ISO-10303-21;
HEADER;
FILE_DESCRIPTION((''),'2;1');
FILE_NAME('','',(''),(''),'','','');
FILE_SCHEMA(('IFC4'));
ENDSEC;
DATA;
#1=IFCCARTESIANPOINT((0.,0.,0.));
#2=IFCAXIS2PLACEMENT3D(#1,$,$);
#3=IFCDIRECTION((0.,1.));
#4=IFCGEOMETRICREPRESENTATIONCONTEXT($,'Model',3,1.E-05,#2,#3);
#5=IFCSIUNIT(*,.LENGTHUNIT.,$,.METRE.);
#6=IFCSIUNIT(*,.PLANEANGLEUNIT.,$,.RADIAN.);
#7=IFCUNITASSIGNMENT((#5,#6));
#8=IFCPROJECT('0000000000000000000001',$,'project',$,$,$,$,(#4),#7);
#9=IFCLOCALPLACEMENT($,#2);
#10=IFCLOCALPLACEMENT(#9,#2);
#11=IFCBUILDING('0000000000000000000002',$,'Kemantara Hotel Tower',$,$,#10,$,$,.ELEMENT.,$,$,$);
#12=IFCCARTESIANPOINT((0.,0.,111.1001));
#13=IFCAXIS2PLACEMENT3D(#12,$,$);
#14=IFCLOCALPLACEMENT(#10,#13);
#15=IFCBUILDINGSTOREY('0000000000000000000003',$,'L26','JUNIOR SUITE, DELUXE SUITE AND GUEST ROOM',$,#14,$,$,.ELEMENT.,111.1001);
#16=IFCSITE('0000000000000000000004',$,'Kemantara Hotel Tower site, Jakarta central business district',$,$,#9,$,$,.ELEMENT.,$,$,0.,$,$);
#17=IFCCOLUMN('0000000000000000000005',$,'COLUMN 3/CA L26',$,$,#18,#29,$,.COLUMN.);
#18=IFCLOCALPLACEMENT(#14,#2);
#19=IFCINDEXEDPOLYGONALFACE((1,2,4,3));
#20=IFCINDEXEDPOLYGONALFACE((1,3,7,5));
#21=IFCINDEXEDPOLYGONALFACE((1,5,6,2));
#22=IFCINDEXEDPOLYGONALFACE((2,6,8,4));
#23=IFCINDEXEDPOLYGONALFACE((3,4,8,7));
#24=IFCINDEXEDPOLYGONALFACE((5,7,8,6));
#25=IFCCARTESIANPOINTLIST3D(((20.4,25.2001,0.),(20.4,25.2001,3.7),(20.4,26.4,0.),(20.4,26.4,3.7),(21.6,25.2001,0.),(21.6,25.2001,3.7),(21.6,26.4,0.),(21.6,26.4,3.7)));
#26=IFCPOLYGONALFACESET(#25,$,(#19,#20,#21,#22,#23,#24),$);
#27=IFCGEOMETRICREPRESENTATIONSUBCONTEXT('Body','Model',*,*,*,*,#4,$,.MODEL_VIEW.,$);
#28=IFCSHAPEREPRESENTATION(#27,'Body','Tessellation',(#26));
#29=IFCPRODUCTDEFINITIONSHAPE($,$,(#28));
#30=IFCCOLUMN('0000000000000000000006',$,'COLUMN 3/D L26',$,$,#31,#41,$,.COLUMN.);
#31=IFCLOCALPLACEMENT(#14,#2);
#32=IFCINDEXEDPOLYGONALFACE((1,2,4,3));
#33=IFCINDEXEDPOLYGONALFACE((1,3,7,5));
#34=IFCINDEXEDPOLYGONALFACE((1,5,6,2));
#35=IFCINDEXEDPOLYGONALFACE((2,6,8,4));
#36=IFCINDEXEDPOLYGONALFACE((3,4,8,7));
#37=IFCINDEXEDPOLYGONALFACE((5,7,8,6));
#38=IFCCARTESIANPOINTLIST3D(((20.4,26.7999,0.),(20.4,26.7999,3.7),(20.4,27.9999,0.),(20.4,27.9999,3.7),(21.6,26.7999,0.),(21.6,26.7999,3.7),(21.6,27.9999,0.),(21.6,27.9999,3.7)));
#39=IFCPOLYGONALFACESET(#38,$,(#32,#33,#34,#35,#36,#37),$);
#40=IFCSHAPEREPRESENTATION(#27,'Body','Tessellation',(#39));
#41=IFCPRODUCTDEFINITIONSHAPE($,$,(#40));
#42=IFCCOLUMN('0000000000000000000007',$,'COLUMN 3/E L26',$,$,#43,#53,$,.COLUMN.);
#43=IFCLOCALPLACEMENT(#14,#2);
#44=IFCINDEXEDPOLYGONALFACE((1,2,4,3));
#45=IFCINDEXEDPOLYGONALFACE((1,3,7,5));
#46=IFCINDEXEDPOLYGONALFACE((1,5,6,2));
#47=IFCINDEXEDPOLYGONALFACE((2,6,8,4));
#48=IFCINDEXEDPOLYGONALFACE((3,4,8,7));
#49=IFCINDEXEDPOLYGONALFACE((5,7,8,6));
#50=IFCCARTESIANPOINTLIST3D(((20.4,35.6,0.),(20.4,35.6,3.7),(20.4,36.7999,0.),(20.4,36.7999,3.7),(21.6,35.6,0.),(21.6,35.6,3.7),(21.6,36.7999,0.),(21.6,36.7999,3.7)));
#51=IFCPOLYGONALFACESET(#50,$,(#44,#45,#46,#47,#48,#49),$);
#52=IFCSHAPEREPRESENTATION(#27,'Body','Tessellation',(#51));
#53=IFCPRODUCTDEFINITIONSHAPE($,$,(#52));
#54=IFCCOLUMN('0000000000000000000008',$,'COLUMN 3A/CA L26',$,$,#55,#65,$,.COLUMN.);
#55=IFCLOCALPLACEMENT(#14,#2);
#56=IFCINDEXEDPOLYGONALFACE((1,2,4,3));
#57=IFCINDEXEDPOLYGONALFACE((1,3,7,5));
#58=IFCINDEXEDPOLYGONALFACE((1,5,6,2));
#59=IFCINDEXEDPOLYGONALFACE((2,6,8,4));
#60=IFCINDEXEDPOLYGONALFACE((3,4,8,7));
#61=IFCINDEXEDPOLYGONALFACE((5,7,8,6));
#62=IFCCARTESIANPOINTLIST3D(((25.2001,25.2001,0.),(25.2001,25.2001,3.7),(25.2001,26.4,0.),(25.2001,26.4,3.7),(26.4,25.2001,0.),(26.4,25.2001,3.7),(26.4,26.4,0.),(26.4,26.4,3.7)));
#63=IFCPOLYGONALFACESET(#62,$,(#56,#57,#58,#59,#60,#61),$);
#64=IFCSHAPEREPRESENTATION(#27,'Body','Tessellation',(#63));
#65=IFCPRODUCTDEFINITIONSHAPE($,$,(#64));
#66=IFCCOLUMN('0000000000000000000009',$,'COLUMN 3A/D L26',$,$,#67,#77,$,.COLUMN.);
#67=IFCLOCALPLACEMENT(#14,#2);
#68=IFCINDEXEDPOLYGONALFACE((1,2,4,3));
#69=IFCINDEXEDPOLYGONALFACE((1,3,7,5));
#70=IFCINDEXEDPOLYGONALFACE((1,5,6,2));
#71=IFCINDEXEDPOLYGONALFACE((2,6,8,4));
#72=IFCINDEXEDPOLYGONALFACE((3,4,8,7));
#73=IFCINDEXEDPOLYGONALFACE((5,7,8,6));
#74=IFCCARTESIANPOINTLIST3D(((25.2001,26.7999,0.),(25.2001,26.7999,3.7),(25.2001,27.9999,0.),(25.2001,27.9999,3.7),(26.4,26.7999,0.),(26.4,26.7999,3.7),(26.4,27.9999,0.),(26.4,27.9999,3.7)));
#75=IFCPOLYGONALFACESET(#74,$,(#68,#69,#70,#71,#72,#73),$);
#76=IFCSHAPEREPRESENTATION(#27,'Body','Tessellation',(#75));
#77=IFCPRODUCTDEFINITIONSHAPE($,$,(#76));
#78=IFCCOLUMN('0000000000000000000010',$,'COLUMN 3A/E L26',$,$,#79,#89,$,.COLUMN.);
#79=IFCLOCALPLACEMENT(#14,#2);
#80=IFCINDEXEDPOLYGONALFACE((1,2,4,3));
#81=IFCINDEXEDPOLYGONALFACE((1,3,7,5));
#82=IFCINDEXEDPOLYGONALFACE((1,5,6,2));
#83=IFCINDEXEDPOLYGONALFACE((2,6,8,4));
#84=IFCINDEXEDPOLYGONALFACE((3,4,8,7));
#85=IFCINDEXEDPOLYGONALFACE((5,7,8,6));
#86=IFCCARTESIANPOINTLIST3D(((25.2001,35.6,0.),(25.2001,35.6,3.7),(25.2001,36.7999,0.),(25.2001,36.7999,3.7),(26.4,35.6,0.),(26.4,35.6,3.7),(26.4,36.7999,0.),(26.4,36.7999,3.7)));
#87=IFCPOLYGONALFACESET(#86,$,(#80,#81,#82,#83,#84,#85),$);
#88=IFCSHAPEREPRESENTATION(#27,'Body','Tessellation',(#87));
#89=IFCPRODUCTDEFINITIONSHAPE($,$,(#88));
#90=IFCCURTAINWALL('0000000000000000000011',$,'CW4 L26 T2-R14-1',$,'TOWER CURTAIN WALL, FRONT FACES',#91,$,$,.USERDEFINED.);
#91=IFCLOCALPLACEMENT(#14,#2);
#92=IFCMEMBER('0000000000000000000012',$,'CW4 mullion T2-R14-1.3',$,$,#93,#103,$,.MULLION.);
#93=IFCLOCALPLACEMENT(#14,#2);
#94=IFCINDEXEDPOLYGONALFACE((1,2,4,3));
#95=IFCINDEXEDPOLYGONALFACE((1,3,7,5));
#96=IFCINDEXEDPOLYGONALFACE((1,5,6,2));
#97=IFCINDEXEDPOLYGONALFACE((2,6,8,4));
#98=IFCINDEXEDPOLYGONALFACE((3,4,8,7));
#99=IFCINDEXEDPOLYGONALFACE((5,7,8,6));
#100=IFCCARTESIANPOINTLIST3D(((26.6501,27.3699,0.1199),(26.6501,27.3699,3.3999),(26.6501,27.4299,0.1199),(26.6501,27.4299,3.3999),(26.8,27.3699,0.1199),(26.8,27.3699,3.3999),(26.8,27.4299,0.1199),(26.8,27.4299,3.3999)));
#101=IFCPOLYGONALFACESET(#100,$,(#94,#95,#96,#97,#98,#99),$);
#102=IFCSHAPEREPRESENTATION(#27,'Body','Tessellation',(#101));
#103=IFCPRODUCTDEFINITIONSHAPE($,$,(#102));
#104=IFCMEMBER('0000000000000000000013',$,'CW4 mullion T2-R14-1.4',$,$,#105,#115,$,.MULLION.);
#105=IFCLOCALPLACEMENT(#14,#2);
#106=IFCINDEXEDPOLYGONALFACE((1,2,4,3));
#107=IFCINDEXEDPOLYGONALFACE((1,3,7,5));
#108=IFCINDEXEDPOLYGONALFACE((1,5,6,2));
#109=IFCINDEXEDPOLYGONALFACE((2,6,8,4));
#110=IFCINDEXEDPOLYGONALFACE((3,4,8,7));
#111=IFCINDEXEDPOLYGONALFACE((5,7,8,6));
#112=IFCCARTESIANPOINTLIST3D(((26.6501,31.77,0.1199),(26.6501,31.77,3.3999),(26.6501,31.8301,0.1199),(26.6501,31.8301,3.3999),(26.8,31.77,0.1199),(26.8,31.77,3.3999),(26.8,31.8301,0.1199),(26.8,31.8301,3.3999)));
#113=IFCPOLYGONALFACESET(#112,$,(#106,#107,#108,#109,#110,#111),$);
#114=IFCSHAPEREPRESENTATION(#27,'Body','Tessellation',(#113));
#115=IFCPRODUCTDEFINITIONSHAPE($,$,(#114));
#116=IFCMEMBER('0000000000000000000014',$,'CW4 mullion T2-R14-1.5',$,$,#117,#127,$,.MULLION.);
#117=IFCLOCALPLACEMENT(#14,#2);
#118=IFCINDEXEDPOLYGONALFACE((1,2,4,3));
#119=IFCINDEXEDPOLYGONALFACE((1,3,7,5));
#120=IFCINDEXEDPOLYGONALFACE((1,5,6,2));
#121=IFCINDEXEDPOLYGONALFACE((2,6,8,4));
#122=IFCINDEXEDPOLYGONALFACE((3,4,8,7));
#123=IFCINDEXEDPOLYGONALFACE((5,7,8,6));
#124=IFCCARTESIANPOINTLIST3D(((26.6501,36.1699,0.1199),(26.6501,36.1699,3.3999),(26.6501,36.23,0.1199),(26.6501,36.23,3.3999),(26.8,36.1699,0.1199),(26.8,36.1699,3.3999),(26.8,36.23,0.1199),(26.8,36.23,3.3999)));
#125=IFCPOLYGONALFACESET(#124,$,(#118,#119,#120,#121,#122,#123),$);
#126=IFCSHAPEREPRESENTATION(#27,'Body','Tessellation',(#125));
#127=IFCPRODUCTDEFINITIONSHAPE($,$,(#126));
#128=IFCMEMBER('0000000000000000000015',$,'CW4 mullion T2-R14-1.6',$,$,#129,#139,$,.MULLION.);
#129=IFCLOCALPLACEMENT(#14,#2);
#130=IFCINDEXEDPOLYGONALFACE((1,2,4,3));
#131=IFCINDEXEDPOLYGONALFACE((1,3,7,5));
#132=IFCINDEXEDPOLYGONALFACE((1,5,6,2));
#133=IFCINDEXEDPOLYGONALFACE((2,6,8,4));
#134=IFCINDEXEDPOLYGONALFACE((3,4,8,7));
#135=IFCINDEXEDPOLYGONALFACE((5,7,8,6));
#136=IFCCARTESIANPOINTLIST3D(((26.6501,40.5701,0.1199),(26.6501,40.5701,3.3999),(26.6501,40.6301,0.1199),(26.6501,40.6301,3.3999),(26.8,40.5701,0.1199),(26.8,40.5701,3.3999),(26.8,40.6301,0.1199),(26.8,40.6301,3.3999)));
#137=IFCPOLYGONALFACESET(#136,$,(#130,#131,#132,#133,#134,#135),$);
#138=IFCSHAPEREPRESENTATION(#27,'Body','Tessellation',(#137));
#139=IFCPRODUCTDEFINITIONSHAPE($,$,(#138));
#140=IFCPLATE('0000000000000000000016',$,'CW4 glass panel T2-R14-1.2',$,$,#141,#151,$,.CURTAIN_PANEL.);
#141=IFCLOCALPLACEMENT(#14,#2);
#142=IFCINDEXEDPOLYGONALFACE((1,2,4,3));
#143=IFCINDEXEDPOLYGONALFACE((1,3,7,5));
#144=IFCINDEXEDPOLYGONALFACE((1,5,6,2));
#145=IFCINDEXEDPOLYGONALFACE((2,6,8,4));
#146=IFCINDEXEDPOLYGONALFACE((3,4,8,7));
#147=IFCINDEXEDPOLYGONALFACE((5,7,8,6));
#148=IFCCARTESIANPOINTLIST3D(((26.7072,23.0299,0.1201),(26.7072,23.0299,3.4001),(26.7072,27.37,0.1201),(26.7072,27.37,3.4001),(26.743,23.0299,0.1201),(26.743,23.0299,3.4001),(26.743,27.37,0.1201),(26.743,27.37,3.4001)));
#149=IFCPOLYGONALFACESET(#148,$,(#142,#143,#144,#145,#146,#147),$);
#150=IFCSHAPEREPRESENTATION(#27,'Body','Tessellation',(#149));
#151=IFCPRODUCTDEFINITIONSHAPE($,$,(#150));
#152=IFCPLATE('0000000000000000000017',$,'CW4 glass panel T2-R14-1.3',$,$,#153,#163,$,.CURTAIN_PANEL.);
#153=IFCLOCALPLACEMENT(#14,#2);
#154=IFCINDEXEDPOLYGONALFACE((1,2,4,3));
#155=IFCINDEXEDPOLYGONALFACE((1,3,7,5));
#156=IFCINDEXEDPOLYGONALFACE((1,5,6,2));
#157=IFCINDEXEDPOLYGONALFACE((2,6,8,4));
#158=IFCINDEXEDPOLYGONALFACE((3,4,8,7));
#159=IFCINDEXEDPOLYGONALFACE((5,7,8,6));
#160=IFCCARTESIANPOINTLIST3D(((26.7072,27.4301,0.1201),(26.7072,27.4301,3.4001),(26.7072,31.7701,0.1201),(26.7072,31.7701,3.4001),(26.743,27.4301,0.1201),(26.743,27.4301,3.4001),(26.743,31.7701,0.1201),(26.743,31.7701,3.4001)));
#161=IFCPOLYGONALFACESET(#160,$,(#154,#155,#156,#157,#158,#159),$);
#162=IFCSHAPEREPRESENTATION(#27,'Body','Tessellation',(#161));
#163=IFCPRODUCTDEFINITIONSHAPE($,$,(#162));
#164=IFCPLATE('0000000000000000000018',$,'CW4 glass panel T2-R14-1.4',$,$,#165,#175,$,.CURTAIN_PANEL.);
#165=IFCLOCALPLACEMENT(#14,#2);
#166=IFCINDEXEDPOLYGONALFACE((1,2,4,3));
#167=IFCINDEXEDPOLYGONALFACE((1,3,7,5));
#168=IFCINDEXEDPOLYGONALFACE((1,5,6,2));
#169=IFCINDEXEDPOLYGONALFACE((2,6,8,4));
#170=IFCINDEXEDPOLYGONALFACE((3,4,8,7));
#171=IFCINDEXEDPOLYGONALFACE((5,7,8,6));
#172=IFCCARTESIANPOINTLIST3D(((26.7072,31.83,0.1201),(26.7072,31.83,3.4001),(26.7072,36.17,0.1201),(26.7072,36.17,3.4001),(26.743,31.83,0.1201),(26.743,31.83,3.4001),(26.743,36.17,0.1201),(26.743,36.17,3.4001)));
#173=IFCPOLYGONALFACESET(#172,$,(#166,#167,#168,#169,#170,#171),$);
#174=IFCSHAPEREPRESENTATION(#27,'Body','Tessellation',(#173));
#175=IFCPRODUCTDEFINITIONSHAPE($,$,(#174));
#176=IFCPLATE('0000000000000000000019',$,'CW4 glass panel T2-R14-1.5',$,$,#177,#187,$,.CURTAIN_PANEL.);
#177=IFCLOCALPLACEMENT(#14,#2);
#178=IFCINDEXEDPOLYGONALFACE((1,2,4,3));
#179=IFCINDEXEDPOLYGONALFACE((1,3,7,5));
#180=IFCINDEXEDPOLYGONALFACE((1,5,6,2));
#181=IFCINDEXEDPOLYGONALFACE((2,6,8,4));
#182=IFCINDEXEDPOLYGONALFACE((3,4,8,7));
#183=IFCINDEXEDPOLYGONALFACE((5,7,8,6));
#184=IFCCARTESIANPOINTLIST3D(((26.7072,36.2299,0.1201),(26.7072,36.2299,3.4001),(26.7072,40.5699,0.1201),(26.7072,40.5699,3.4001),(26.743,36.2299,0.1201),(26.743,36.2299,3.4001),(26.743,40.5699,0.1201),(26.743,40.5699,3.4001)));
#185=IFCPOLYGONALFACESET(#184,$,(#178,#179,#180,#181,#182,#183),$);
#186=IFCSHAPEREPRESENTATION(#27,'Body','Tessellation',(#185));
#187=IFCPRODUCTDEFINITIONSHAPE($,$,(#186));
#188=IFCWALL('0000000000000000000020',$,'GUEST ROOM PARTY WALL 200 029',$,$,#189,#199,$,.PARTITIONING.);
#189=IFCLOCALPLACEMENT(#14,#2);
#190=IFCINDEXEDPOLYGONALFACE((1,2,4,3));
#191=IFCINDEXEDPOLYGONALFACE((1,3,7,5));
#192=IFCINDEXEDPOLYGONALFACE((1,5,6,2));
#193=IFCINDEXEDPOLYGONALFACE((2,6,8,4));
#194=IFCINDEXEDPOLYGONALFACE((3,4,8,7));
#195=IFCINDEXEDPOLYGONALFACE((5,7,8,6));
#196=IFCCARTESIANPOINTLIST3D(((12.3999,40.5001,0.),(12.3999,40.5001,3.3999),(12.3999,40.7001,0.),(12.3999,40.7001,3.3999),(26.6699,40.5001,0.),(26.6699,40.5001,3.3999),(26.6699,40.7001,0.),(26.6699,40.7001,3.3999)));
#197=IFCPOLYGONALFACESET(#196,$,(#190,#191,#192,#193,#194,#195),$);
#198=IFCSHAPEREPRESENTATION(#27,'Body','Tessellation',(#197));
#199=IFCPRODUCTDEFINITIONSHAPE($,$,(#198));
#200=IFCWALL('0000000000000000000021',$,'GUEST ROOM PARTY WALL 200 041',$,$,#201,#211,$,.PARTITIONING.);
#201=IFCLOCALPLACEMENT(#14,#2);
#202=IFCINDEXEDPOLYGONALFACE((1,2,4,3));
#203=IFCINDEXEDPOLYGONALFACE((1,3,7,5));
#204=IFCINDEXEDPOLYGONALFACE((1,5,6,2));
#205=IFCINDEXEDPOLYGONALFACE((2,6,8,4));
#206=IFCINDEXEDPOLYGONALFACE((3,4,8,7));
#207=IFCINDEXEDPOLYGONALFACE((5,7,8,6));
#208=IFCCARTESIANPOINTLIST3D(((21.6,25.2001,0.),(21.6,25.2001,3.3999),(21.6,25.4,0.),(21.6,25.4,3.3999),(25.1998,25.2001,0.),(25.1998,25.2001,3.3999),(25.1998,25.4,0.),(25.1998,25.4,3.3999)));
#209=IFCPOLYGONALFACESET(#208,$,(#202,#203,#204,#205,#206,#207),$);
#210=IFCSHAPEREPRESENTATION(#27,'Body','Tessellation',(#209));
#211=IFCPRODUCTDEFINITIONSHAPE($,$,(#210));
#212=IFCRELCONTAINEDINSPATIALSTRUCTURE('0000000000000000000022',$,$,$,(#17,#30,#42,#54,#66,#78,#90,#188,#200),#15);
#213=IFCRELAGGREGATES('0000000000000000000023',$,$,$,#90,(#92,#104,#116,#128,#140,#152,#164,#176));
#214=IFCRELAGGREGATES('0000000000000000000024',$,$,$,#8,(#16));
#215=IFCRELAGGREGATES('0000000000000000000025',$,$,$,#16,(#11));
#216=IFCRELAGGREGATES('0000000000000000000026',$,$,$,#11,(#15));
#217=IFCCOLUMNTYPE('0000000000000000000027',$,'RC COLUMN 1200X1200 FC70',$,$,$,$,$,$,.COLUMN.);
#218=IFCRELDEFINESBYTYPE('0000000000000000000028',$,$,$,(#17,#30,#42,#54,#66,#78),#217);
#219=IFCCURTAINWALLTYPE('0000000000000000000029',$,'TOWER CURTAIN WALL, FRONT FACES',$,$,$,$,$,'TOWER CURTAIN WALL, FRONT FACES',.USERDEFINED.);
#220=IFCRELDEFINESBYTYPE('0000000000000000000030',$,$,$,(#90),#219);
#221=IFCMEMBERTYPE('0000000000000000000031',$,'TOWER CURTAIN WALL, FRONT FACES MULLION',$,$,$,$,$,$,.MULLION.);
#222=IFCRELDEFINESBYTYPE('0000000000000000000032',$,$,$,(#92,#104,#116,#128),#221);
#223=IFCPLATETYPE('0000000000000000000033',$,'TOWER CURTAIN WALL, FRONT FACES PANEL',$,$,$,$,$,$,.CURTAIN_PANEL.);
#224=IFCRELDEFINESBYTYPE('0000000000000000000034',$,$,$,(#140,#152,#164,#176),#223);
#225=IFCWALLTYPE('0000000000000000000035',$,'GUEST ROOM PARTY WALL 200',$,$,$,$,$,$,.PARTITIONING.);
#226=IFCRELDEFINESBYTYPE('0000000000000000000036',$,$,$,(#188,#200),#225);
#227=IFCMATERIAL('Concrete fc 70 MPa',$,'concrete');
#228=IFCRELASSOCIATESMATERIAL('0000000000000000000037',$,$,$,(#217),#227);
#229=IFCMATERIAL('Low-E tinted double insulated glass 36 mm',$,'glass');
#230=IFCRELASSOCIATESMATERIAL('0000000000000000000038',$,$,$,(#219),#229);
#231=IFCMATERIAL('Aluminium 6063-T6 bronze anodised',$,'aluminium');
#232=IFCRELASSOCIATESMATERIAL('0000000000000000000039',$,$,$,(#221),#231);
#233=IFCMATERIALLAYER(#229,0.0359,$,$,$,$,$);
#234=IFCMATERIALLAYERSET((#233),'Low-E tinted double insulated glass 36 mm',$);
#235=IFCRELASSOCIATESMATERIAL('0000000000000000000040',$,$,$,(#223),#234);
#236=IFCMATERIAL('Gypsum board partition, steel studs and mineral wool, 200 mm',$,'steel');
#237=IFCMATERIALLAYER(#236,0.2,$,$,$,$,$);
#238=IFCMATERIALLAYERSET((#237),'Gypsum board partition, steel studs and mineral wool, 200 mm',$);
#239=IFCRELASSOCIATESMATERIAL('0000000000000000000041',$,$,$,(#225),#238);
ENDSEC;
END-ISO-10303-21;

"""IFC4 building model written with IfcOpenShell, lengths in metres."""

from ifc_helpers import new_model, si_unit, direction, frame, frame_2d, origin, origin_2d, place, context, subcontext, project, spatial, rectangle, extrude, source, transform, mapped, material, layer, layer_set, material_profile, profile_set, type_object, element, aggregate, save


model = new_model("IFC4")

# Units and contexts
model_context = context("Model", 3, precision=1e-05, world=origin(), true_north=direction((0.0, 1.0)))
body_context = subcontext(model_context, "Body", "Model", "MODEL_VIEW")
ifc_project = project(units=[si_unit("LENGTHUNIT", "METRE"), si_unit("PLANEANGLEUNIT", "RADIAN")], contexts=[model_context])

# Site, building, storey
site_placement = place(None, origin())
site = spatial("IfcSite", under=ifc_project, at=site_placement, Name="Kemantara Hotel Tower site, Jakarta central business district", CompositionType="ELEMENT", RefElevation=0.0)
building_placement = place(site_placement, origin())
building = spatial("IfcBuilding", under=site, at=building_placement, Name="Kemantara Hotel Tower", CompositionType="ELEMENT")
storey_placement = place(building_placement, frame((0.0, 0.0, 111.1001)))
storey = spatial("IfcBuildingStorey", under=building, at=storey_placement, Name="L26", Description="JUNIOR SUITE, DELUXE SUITE AND GUEST ROOM", CompositionType="ELEMENT", Elevation=111.1001)

# Columns
ifc_material_1 = material(Name="Concrete fc 70 MPa", Category="concrete")
ifc_material_profile_1 = material_profile(ifc_material_1, rectangle(XDim=1.2, YDim=1.2, at=origin_2d()), Name="RC 1200X1200")
ifc_profile_set_1 = profile_set([ifc_material_profile_1], Name="Concrete fc 70 MPa")
column_type = type_object("IfcColumnType", Name="RC COLUMN 1200X1200 FC70", PredefinedType="COLUMN", material=ifc_profile_set_1)
for number, where, z_axis, x_axis, name in (
    (1, (21.0, 25.8, 0.0), (0.0, 0.0, 1.0), (1.0, 0.0, 0.0), "COLUMN 3/CA L26"),
    (2, (21.0, 27.3999, 0.0), (0.0, 0.0, 1.0), (1.0, 0.0, 0.0), "COLUMN 3/D L26"),
    (3, (21.0, 36.2, 0.0), (0.0, 0.0, 1.0), (1.0, 0.0, 0.0), "COLUMN 3/E L26"),
    (4, (25.8, 25.8, 0.0), (0.0, 0.0, 1.0), (1.0, 0.0, 0.0), "COLUMN 3A/CA L26"),
    (5, (25.8, 27.3999, 0.0), (0.0, 0.0, 1.0), (1.0, 0.0, 0.0), "COLUMN 3A/D L26"),
    (6, (25.8, 36.2, 0.0), (0.0, 0.0, 1.0), (1.0, 0.0, 0.0), "COLUMN 3A/E L26"),
):
    element("IfcColumn", number, at=place(storey_placement, frame(where, z_axis=z_axis, x_axis=x_axis)), inside=storey, type_object=column_type, Name=name, PredefinedType="COLUMN", context=body_context, shape_type="SweptSolid", body=[
        extrude(rectangle(XDim=1.2, YDim=1.2, at=origin_2d()), origin(), (0.0, 0.0, 1.0), 3.7),
    ])

# Curtain wall, members, plates
ifc_material_2 = material(Name="Low-E tinted double insulated glass 36 mm", Category="glass")
curtain_wall_type = type_object("IfcCurtainWallType", Name="TOWER CURTAIN WALL, FRONT FACES", ElementType="TOWER CURTAIN WALL, FRONT FACES", PredefinedType="USERDEFINED", material=ifc_material_2)
curtain_wall_placement = place(storey_placement, origin())
curtain_wall = element("IfcCurtainWall", 7, at=curtain_wall_placement, inside=storey, type_object=curtain_wall_type, Name="CW4 L26 T2-R14-1", ObjectType="TOWER CURTAIN WALL, FRONT FACES", PredefinedType="USERDEFINED")
ifc_material_3 = material(Name="Aluminium 6063-T6 bronze anodised", Category="aluminium")
ifc_material_profile_2 = material_profile(ifc_material_3, rectangle(XDim=0.1499, YDim=0.0601, at=origin_2d()), Name="TOWER CURTAIN WALL, FRONT FACES MULLION")
ifc_profile_set_2 = profile_set([ifc_material_profile_2], Name="Aluminium 6063-T6 bronze anodised")
member_type = type_object("IfcMemberType", Name="TOWER CURTAIN WALL, FRONT FACES MULLION", PredefinedType="MULLION", material=ifc_profile_set_2)
shared_shape_1 = source(origin(), body_context, "Body", "SweptSolid", [
    extrude(rectangle(XDim=0.1499, YDim=0.0601, at=origin_2d()), origin(), (0.0, 0.0, 1.0), 3.28),
])
member_1_placement = place(storey_placement, frame((26.7251, 27.3999, 0.1199), z_axis=(0.0, 0.0, 1.0), x_axis=(-1.0, 0.0, 0.0)))
member_1 = element("IfcMember", 8, at=member_1_placement, type_object=member_type, Name="CW4 mullion T2-R14-1.3", PredefinedType="MULLION", context=body_context, shape_type="MappedRepresentation", body=[
    mapped(shared_shape_1, transform((0.0, 0.0, 0.0))),
])
member_2_placement = place(storey_placement, frame((26.7251, 31.8, 0.1199), z_axis=(0.0, 0.0, 1.0), x_axis=(-1.0, 0.0, 0.0)))
member_2 = element("IfcMember", 9, at=member_2_placement, type_object=member_type, Name="CW4 mullion T2-R14-1.4", PredefinedType="MULLION", context=body_context, shape_type="MappedRepresentation", body=[
    mapped(shared_shape_1, transform((0.0, 0.0, 0.0))),
])
member_3_placement = place(storey_placement, frame((26.7251, 36.2, 0.1199), z_axis=(0.0, 0.0, 1.0), x_axis=(-1.0, 0.0, 0.0)))
member_3 = element("IfcMember", 10, at=member_3_placement, type_object=member_type, Name="CW4 mullion T2-R14-1.5", PredefinedType="MULLION", context=body_context, shape_type="MappedRepresentation", body=[
    mapped(shared_shape_1, transform((0.0, 0.0, 0.0))),
])
member_4_placement = place(storey_placement, frame((26.7251, 40.6001, 0.1199), z_axis=(0.0, 0.0, 1.0), x_axis=(-1.0, 0.0, 0.0)))
member_4 = element("IfcMember", 11, at=member_4_placement, type_object=member_type, Name="CW4 mullion T2-R14-1.6", PredefinedType="MULLION", context=body_context, shape_type="MappedRepresentation", body=[
    mapped(shared_shape_1, transform((0.0, 0.0, 0.0))),
])
ifc_layer_1 = layer(ifc_material_2, 0.0359)
ifc_layer_set_1 = layer_set([ifc_layer_1], Name="Low-E tinted double insulated glass 36 mm")
plate_type = type_object("IfcPlateType", Name="TOWER CURTAIN WALL, FRONT FACES PANEL", PredefinedType="CURTAIN_PANEL", material=ifc_layer_set_1)
shared_shape_2 = source(origin(), body_context, "Body", "SweptSolid", [
    extrude(rectangle(XDim=4.3401, YDim=0.0359, at=origin_2d()), origin(), (0.0, 0.0, 1.0), 3.28),
])
plate_1_placement = place(storey_placement, frame((26.7251, 25.2, 0.1201), z_axis=(0.0, 0.0, 1.0), x_axis=(0.0, 1.0, 0.0)))
plate_1 = element("IfcPlate", 12, at=plate_1_placement, type_object=plate_type, Name="CW4 glass panel T2-R14-1.2", PredefinedType="CURTAIN_PANEL", context=body_context, shape_type="MappedRepresentation", body=[
    mapped(shared_shape_2, transform((0.0, 0.0, 0.0))),
])
plate_2_placement = place(storey_placement, frame((26.7251, 29.6001, 0.1201), z_axis=(0.0, 0.0, 1.0), x_axis=(0.0, 1.0, 0.0)))
plate_2 = element("IfcPlate", 13, at=plate_2_placement, type_object=plate_type, Name="CW4 glass panel T2-R14-1.3", PredefinedType="CURTAIN_PANEL", context=body_context, shape_type="MappedRepresentation", body=[
    mapped(shared_shape_2, transform((0.0, 0.0, 0.0))),
])
plate_3_placement = place(storey_placement, frame((26.7251, 34.0, 0.1201), z_axis=(0.0, 0.0, 1.0), x_axis=(0.0, 1.0, 0.0)))
plate_3 = element("IfcPlate", 14, at=plate_3_placement, type_object=plate_type, Name="CW4 glass panel T2-R14-1.4", PredefinedType="CURTAIN_PANEL", context=body_context, shape_type="MappedRepresentation", body=[
    mapped(shared_shape_2, transform((0.0, 0.0, 0.0))),
])
plate_4_placement = place(storey_placement, frame((26.7251, 38.3999, 0.1201), z_axis=(0.0, 0.0, 1.0), x_axis=(0.0, 1.0, 0.0)))
plate_4 = element("IfcPlate", 15, at=plate_4_placement, type_object=plate_type, Name="CW4 glass panel T2-R14-1.5", PredefinedType="CURTAIN_PANEL", context=body_context, shape_type="MappedRepresentation", body=[
    mapped(shared_shape_2, transform((0.0, 0.0, 0.0))),
])
aggregate(curtain_wall, [member_1, member_2, member_3, member_4, plate_1, plate_2, plate_3, plate_4])

# Walls
ifc_material_4 = material(Name="Gypsum board partition, steel studs and mineral wool, 200 mm", Category="steel")
ifc_layer_2 = layer(ifc_material_4, 0.2)
ifc_layer_set_2 = layer_set([ifc_layer_2], Name="Gypsum board partition, steel studs and mineral wool, 200 mm")
wall_type_1 = type_object("IfcWallType", Name="GUEST ROOM PARTY WALL 200", PredefinedType="PARTITIONING", material=ifc_layer_set_2)
wall_1_placement = place(storey_placement, frame((12.3999, 40.6001, 0.0), z_axis=(0.0, 0.0, 1.0), x_axis=(1.0, 0.0, 0.0)))
element("IfcWall", 16, at=wall_1_placement, inside=storey, type_object=wall_type_1, Name="GUEST ROOM PARTY WALL 200 029", PredefinedType="PARTITIONING", context=body_context, shape_type="SweptSolid", body=[
    extrude(rectangle(XDim=14.27, YDim=0.2, at=frame_2d((7.135, 0.0))), origin(), (0.0, 0.0, 1.0), 3.3999),
])
wall_2_placement = place(storey_placement, frame((21.6001, 25.3, 0.0), z_axis=(0.0, 0.0, 1.0), x_axis=(1.0, 0.0, 0.0)))
element("IfcWall", 17, at=wall_2_placement, inside=storey, type_object=wall_type_1, Name="GUEST ROOM PARTY WALL 200 041", PredefinedType="PARTITIONING", context=body_context, shape_type="SweptSolid", body=[
    extrude(rectangle(XDim=3.5999, YDim=0.2, at=frame_2d((1.7998, 0.0))), origin(), (0.0, 0.0, 1.0), 3.3999),
])

save(model, "model.ifc")
